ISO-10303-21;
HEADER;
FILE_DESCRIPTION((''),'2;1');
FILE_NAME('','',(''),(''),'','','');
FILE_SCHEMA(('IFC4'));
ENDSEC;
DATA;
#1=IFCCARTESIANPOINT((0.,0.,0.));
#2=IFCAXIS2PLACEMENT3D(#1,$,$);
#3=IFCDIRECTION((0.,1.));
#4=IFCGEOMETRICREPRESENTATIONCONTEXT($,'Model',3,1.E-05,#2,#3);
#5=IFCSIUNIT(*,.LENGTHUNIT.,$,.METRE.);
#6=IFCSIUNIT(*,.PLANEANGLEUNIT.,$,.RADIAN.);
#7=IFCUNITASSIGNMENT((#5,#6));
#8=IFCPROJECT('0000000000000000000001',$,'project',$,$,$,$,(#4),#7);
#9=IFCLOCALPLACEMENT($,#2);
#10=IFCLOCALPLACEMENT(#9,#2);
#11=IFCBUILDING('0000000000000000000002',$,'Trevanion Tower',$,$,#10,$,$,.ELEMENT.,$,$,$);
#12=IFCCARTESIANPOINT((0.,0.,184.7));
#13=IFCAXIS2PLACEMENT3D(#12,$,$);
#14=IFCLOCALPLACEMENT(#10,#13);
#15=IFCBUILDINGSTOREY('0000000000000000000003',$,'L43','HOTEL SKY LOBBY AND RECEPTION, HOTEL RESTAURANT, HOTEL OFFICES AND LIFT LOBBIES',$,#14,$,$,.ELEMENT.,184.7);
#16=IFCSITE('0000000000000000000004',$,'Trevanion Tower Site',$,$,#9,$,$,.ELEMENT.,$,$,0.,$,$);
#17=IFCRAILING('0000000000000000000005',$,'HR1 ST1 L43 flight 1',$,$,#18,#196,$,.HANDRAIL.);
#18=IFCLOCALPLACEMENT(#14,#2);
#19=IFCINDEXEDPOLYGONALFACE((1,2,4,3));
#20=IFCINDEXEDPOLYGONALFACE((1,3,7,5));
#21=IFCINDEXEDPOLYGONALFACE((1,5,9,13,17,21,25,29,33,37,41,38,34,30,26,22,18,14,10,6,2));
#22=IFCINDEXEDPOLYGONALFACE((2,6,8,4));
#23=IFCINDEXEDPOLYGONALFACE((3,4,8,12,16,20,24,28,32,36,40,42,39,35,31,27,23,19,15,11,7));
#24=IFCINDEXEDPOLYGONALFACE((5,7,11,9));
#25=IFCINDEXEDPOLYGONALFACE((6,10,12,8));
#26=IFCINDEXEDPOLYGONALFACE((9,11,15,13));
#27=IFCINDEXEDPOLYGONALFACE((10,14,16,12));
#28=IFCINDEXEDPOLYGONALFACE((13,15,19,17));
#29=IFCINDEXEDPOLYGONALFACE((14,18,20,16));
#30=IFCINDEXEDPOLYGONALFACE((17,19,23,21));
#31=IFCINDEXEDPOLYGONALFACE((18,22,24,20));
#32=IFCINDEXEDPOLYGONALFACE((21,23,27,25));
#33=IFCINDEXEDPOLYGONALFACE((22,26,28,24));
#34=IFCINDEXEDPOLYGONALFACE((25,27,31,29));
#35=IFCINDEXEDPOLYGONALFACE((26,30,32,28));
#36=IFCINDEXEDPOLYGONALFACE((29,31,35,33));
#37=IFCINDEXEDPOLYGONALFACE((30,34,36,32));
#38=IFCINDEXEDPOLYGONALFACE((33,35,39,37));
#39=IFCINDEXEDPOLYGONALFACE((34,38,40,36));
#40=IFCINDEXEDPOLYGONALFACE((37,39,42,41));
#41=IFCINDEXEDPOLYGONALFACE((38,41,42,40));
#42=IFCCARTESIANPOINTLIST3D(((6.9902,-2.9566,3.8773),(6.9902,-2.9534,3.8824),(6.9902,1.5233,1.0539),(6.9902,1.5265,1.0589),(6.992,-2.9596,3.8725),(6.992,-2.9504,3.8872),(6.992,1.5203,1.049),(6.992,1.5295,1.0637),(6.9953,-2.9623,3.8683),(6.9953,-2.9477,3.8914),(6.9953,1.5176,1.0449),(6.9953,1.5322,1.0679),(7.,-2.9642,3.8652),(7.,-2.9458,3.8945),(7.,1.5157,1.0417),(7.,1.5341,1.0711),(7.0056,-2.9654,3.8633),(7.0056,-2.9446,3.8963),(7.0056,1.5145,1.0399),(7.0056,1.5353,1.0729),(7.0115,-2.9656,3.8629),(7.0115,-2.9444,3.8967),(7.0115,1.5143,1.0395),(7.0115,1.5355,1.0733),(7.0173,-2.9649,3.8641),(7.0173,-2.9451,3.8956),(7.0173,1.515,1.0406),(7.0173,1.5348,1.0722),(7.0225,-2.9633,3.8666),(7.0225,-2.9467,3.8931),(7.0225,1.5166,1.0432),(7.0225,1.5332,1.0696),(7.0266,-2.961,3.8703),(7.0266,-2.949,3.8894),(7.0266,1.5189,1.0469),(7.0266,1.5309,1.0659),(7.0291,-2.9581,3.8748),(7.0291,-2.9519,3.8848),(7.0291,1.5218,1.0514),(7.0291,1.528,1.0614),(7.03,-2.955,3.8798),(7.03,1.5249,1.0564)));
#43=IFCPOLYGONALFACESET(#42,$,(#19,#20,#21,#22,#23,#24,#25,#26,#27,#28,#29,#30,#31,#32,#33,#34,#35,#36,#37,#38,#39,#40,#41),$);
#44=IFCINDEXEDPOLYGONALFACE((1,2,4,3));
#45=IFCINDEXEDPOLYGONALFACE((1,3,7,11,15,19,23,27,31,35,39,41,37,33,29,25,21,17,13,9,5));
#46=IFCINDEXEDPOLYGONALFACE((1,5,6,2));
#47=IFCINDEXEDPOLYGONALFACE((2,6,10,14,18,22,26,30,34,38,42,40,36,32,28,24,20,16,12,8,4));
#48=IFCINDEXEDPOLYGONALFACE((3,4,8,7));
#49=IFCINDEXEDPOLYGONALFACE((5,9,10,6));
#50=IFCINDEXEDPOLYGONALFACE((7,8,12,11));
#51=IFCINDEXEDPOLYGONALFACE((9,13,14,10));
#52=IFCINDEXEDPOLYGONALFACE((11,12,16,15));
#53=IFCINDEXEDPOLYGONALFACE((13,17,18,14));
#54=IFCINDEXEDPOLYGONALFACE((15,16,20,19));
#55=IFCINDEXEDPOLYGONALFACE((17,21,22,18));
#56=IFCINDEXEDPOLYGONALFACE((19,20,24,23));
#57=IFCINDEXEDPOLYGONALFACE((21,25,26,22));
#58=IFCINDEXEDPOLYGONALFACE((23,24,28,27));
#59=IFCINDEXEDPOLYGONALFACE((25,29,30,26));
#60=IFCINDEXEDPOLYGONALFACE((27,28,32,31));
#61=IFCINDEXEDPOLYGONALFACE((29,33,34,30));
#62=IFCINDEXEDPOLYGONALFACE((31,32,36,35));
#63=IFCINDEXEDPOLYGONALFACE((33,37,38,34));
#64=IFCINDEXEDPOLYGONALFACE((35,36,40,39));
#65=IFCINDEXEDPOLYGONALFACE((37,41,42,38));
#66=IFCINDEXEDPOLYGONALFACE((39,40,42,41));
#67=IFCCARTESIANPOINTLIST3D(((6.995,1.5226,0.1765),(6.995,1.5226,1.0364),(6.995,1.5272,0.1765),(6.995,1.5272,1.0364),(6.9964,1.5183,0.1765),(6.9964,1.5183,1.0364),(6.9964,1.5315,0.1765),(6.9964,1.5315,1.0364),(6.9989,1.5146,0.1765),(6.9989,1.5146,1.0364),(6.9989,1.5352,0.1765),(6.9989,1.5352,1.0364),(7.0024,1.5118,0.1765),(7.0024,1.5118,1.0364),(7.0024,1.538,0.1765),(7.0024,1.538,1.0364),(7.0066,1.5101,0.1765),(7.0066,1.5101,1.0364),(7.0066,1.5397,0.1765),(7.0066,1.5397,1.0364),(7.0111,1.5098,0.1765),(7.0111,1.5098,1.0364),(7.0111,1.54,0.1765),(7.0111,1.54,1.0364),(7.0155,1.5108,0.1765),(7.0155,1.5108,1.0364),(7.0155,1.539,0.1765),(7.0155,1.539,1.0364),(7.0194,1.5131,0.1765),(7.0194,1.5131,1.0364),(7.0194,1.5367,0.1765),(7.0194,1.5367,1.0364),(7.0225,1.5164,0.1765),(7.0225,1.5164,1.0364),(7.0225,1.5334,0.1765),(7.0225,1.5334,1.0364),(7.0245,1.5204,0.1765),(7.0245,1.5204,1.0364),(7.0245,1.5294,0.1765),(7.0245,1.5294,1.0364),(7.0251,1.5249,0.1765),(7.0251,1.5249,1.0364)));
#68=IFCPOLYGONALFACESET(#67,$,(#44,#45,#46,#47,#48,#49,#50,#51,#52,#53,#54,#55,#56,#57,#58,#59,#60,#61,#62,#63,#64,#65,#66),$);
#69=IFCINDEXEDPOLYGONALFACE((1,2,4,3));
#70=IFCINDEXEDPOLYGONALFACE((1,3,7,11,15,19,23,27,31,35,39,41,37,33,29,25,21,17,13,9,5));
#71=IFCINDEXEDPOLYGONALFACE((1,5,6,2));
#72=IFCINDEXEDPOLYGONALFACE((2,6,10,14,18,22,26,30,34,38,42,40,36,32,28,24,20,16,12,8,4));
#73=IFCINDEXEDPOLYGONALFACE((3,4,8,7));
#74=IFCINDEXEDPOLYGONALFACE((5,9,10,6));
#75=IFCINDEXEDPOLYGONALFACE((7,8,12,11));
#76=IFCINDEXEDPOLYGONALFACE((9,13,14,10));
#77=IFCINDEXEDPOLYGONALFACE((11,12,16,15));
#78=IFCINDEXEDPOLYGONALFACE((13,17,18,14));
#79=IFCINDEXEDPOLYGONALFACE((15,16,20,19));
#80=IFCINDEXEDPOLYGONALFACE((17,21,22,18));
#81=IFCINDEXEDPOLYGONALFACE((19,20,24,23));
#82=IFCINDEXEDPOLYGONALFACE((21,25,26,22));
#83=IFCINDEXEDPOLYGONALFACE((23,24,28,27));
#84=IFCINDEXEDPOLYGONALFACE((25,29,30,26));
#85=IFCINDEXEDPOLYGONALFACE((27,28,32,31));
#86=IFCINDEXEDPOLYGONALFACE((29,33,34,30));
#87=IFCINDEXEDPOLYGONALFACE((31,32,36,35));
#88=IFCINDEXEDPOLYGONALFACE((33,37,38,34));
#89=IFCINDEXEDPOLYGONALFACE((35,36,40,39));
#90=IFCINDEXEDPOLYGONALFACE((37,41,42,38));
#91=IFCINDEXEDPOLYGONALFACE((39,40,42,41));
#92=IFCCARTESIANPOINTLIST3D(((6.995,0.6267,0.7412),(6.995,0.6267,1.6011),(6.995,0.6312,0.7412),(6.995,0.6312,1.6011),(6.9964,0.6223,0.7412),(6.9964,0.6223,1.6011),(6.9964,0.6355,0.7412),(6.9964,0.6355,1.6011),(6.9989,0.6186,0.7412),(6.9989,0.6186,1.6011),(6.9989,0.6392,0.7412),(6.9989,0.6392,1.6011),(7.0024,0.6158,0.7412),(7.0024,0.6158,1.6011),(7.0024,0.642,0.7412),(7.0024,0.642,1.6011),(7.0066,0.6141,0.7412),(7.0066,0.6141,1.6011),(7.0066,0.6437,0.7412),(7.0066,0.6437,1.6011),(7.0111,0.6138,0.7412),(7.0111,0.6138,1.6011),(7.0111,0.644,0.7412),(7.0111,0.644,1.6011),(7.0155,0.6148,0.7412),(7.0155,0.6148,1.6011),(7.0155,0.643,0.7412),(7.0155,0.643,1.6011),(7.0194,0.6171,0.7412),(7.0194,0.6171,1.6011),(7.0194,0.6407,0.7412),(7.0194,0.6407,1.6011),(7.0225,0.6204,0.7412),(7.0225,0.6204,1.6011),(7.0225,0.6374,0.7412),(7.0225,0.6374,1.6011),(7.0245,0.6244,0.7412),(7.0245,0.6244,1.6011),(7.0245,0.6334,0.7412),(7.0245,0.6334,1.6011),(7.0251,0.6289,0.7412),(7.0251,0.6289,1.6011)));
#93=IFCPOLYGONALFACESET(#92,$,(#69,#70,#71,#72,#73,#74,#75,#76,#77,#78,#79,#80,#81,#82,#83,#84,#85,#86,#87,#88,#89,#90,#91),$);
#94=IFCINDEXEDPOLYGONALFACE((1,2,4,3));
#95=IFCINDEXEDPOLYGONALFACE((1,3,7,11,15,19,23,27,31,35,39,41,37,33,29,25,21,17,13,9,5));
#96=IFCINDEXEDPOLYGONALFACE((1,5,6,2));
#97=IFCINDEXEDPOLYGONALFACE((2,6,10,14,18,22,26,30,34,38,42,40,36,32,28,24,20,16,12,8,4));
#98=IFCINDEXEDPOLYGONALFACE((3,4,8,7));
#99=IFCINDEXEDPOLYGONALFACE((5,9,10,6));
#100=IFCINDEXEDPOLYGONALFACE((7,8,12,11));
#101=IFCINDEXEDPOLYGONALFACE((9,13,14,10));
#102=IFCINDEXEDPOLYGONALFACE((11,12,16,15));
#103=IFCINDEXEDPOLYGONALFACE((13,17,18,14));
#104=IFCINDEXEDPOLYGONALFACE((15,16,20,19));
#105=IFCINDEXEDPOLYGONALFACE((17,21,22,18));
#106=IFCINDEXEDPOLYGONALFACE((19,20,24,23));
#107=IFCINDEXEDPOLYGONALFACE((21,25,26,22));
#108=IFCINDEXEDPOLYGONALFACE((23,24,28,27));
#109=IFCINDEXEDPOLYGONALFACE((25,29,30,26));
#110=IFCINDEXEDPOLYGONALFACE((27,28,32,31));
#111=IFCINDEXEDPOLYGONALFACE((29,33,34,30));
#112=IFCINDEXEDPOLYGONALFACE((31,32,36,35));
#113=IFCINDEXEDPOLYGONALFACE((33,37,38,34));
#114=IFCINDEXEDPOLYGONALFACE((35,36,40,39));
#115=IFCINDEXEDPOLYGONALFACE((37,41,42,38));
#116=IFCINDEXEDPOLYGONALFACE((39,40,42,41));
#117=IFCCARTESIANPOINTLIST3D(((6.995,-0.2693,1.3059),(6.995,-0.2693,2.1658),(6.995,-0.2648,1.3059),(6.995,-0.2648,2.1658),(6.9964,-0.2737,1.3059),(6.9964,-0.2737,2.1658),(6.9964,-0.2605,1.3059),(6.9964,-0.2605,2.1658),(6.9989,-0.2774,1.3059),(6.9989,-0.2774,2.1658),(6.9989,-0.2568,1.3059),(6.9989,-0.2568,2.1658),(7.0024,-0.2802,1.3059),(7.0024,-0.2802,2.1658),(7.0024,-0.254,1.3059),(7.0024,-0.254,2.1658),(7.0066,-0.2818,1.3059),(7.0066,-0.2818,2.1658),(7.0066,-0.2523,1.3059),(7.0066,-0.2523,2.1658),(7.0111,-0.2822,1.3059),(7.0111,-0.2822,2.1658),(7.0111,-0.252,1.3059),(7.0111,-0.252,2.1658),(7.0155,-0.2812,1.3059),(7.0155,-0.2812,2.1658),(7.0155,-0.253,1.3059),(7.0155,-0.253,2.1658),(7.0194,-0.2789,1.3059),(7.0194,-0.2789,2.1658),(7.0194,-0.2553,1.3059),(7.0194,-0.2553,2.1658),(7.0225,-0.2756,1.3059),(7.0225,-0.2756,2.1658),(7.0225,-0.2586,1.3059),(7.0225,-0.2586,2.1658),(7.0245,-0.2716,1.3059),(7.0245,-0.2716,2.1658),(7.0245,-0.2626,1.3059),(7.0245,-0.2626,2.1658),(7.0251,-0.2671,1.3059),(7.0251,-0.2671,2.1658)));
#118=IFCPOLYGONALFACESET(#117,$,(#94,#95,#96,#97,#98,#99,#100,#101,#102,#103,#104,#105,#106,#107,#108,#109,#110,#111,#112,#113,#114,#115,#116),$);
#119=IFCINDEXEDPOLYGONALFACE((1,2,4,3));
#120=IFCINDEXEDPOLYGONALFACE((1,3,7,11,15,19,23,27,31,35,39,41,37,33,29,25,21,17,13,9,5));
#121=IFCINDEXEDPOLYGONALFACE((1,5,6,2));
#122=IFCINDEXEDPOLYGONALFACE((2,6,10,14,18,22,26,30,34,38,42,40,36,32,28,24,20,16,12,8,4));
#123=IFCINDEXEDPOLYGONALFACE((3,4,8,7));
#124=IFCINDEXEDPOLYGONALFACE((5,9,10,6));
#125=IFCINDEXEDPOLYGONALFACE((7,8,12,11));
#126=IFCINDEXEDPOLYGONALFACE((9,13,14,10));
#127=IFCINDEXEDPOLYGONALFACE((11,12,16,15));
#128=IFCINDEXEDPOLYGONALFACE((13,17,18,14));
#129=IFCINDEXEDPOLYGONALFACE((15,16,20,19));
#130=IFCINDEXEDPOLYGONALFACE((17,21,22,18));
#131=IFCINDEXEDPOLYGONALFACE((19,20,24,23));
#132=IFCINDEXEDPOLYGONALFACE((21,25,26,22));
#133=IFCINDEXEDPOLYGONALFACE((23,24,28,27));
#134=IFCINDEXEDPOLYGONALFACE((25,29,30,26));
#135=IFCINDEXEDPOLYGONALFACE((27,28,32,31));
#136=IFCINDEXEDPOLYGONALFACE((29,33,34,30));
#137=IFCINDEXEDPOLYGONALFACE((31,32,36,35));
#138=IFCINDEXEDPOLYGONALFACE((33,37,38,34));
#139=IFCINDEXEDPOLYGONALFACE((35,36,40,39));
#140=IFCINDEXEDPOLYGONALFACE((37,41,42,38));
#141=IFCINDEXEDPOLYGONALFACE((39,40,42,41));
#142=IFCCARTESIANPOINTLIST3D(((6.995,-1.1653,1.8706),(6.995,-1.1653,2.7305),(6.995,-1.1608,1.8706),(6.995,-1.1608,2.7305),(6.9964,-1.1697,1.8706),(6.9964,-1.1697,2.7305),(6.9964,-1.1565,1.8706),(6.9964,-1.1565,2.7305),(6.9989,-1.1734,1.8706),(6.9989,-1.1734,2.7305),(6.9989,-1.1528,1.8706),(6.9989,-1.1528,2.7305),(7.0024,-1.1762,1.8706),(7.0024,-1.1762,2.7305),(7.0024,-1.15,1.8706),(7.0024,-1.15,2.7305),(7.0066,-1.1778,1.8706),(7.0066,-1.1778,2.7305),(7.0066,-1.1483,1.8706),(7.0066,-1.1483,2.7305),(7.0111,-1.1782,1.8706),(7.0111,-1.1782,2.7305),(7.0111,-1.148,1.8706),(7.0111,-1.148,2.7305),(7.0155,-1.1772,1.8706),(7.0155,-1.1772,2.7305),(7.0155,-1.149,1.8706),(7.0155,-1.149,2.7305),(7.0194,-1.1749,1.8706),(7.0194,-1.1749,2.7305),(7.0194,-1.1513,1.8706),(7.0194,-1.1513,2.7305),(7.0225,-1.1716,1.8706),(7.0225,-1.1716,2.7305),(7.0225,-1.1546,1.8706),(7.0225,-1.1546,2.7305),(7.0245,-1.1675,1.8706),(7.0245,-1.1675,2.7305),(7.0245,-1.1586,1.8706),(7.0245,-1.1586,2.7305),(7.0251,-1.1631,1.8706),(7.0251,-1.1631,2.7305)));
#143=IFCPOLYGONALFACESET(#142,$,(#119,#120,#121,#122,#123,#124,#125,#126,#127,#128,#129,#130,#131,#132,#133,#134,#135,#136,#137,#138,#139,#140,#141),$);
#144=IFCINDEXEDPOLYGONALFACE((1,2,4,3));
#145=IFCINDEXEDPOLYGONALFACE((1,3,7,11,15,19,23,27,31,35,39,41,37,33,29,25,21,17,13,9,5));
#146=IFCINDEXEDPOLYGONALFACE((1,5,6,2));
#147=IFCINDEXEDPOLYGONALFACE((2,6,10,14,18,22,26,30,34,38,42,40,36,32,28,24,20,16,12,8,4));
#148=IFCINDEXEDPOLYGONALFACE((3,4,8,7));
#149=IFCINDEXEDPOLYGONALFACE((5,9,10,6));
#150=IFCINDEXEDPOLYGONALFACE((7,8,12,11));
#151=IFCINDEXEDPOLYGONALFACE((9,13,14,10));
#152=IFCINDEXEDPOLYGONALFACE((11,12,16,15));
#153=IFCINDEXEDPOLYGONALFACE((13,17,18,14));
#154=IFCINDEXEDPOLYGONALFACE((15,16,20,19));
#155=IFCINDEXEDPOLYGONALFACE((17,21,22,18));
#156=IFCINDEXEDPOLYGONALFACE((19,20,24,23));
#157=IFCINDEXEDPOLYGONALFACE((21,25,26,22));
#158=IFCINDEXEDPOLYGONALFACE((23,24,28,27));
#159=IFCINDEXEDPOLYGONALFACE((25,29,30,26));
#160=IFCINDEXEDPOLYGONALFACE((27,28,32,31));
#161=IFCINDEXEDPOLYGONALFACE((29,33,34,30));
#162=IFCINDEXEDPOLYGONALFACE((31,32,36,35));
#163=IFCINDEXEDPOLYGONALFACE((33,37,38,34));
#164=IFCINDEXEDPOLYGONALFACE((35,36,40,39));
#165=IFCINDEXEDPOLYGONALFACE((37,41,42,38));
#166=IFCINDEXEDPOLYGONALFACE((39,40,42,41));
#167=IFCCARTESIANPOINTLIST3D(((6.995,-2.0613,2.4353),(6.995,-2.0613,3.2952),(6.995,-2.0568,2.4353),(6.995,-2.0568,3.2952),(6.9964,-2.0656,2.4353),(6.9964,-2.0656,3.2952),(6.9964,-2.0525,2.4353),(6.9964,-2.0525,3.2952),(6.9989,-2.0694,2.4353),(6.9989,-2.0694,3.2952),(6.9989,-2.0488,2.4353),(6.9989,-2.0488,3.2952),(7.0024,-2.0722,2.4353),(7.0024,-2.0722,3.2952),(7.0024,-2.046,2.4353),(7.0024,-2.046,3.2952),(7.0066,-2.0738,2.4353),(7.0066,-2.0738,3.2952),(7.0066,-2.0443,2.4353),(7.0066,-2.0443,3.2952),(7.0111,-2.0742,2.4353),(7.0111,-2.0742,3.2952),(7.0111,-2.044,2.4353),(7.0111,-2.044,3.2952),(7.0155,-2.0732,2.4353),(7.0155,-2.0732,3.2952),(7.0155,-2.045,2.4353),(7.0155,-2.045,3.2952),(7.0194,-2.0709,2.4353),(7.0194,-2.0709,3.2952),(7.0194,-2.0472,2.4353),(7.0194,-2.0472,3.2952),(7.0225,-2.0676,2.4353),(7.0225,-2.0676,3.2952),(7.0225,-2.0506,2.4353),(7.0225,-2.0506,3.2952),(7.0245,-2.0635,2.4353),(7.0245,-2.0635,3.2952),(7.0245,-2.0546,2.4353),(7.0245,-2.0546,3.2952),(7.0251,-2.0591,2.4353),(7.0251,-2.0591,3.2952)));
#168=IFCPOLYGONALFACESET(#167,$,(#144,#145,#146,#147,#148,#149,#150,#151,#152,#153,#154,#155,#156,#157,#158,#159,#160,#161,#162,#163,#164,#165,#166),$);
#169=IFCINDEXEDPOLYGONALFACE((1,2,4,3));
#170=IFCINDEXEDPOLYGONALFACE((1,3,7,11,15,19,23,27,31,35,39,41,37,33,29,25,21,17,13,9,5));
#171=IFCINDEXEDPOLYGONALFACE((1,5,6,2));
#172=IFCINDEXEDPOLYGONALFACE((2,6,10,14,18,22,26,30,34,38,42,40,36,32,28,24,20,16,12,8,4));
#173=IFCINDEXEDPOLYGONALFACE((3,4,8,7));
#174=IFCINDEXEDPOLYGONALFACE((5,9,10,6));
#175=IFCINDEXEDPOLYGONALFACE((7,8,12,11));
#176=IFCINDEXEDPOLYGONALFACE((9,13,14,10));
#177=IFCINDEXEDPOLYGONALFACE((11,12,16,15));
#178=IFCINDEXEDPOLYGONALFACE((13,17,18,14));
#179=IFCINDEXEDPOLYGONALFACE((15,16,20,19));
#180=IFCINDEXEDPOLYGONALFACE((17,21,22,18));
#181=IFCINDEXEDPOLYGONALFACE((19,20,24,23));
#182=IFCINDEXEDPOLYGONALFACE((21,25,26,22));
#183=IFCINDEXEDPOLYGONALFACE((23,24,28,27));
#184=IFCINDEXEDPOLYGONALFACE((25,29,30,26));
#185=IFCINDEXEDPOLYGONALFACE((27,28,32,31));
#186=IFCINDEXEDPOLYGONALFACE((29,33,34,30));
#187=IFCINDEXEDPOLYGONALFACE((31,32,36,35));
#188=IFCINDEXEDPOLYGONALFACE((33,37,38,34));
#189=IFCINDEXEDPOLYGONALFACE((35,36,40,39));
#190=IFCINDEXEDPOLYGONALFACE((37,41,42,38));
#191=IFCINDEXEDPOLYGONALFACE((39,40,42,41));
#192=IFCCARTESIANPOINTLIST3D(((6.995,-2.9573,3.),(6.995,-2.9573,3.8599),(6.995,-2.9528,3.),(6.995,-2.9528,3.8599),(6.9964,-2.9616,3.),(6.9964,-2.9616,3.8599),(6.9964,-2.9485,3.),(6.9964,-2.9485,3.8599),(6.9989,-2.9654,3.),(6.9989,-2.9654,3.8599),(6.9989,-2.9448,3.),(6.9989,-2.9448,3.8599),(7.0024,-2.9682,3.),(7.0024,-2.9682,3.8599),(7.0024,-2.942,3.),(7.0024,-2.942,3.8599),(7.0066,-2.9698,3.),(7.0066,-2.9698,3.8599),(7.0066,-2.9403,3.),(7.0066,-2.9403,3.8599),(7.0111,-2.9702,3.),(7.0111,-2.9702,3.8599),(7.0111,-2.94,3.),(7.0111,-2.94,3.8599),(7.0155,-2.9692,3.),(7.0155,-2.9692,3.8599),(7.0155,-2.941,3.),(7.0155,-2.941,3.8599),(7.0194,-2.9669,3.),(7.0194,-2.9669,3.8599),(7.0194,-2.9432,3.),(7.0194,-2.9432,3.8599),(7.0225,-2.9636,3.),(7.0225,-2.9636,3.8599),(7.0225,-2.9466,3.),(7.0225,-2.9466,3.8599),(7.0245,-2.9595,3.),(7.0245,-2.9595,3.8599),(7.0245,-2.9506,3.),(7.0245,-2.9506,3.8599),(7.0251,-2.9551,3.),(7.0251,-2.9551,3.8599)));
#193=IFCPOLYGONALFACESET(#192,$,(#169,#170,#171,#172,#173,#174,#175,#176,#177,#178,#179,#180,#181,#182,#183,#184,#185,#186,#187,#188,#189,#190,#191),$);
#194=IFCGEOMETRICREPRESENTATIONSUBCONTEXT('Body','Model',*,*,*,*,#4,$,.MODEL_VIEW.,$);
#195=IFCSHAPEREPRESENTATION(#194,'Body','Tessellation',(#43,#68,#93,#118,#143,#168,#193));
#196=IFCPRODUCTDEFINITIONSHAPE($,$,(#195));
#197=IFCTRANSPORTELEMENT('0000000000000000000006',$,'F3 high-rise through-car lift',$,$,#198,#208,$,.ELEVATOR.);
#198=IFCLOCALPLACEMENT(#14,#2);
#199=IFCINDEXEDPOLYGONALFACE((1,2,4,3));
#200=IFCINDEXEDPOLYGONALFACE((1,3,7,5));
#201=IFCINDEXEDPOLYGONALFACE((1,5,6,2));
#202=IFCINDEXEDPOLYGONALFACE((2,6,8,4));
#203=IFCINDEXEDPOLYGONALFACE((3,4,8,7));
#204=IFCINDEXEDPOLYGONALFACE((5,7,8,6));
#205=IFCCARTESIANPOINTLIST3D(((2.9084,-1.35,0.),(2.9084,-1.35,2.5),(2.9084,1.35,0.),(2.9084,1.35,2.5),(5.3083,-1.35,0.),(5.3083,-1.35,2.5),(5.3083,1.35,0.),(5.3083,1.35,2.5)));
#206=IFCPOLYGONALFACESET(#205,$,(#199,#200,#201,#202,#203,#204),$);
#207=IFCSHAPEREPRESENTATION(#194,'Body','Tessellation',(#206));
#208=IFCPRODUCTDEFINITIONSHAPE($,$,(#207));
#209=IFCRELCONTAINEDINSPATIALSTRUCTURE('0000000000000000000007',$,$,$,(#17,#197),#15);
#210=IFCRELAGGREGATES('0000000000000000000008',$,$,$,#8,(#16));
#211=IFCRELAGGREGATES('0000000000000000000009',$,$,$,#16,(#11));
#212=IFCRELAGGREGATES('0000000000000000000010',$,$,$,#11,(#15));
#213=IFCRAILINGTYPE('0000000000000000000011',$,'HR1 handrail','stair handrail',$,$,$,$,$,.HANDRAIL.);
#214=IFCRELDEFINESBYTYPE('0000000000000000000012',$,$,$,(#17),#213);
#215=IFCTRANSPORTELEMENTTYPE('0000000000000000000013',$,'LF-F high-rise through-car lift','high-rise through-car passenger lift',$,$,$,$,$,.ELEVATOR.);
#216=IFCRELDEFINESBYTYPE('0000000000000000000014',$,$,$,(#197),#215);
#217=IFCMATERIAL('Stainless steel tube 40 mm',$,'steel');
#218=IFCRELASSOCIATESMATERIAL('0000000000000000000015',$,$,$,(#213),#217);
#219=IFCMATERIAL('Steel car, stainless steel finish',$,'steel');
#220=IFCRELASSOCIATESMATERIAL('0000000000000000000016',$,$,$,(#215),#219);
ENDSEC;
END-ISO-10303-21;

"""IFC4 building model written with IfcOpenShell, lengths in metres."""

from ifc_helpers import new_model, si_unit, direction, frame, origin, origin_2d, place, context, subcontext, project, spatial, rectangle, circle, extrude, material, type_object, element, save


model = new_model("IFC4")

# Units and contexts
model_context = context("Model", 3, precision=1e-05, world=origin(), true_north=direction((0.0, 1.0)))
body_context = subcontext(model_context, "Body", "Model", "MODEL_VIEW")
ifc_project = project(units=[si_unit("LENGTHUNIT", "METRE"), si_unit("PLANEANGLEUNIT", "RADIAN")], contexts=[model_context])

# Site, building, storey
site_placement = place(None, origin())
site = spatial("IfcSite", under=ifc_project, at=site_placement, Name="Trevanion Tower Site", CompositionType="ELEMENT", RefElevation=0.0)
building_placement = place(site_placement, origin())
building = spatial("IfcBuilding", under=site, at=building_placement, Name="Trevanion Tower", CompositionType="ELEMENT")
storey_placement = place(building_placement, frame((0.0, 0.0, 184.7)))
storey = spatial("IfcBuildingStorey", under=building, at=storey_placement, Name="L43", Description="HOTEL SKY LOBBY AND RECEPTION, HOTEL RESTAURANT, HOTEL OFFICES AND LIFT LOBBIES", CompositionType="ELEMENT", Elevation=184.7)

# Railing
ifc_material_1 = material(Name="Stainless steel tube 40 mm", Category="steel")
railing_type = type_object("IfcRailingType", Name="HR1 handrail", Description="stair handrail", PredefinedType="HANDRAIL", material=ifc_material_1)
for number, where, name in (
    (1, (7.01, 1.5249, 0.1765), "HR1 ST1 L43 flight 1"),
):
    element("IfcRailing", number, at=place(storey_placement, frame(where)), inside=storey, type_object=railing_type, Name=name, PredefinedType="HANDRAIL", context=body_context, shape_type="SweptSolid", body=[
        extrude(circle(Radius=0.02, at=origin_2d()), frame((0.0, 0.0, 0.8799), z_axis=(0.0, -0.845998, 0.533186), x_axis=(1.0, 0.0, 0.0)), (0.0, 0.0, 1.0), 5.2954),
        extrude(circle(Radius=0.0151, at=origin_2d()), origin(), (0.0, 0.0, 1.0), 0.8599),
        extrude(circle(Radius=0.0151, at=origin_2d()), frame((0.0, -0.896, 0.5647)), (0.0, 0.0, 1.0), 0.8599),
        extrude(circle(Radius=0.0151, at=origin_2d()), frame((0.0, -1.792, 1.1294)), (0.0, 0.0, 1.0), 0.8599),
        extrude(circle(Radius=0.0151, at=origin_2d()), frame((0.0, -2.688, 1.6941)), (0.0, 0.0, 1.0), 0.8599),
        extrude(circle(Radius=0.0151, at=origin_2d()), frame((0.0, -3.584, 2.2588)), (0.0, 0.0, 1.0), 0.8599),
        extrude(circle(Radius=0.0151, at=origin_2d()), frame((0.0, -4.48, 2.8235)), (0.0, 0.0, 1.0), 0.8599),
    ])

# Transport element
ifc_material_2 = material(Name="Steel car, stainless steel finish", Category="steel")
transport_element_type = type_object("IfcTransportElementType", Name="LF-F high-rise through-car lift", Description="high-rise through-car passenger lift", PredefinedType="ELEVATOR", material=ifc_material_2)
transport_element_placement = place(storey_placement, frame((4.1084, 0.0, 0.0), z_axis=(0.0, 0.0, 1.0), x_axis=(1.0, 0.0, 0.0)))
element("IfcTransportElement", 2, at=transport_element_placement, inside=storey, type_object=transport_element_type, Name="F3 high-rise through-car lift", PredefinedType="ELEVATOR", context=body_context, shape_type="SweptSolid", body=[
    extrude(rectangle(XDim=2.3999, YDim=2.7, at=origin_2d()), origin(), (0.0, 0.0, 1.0), 2.5),
])

save(model, "model.ifc")
